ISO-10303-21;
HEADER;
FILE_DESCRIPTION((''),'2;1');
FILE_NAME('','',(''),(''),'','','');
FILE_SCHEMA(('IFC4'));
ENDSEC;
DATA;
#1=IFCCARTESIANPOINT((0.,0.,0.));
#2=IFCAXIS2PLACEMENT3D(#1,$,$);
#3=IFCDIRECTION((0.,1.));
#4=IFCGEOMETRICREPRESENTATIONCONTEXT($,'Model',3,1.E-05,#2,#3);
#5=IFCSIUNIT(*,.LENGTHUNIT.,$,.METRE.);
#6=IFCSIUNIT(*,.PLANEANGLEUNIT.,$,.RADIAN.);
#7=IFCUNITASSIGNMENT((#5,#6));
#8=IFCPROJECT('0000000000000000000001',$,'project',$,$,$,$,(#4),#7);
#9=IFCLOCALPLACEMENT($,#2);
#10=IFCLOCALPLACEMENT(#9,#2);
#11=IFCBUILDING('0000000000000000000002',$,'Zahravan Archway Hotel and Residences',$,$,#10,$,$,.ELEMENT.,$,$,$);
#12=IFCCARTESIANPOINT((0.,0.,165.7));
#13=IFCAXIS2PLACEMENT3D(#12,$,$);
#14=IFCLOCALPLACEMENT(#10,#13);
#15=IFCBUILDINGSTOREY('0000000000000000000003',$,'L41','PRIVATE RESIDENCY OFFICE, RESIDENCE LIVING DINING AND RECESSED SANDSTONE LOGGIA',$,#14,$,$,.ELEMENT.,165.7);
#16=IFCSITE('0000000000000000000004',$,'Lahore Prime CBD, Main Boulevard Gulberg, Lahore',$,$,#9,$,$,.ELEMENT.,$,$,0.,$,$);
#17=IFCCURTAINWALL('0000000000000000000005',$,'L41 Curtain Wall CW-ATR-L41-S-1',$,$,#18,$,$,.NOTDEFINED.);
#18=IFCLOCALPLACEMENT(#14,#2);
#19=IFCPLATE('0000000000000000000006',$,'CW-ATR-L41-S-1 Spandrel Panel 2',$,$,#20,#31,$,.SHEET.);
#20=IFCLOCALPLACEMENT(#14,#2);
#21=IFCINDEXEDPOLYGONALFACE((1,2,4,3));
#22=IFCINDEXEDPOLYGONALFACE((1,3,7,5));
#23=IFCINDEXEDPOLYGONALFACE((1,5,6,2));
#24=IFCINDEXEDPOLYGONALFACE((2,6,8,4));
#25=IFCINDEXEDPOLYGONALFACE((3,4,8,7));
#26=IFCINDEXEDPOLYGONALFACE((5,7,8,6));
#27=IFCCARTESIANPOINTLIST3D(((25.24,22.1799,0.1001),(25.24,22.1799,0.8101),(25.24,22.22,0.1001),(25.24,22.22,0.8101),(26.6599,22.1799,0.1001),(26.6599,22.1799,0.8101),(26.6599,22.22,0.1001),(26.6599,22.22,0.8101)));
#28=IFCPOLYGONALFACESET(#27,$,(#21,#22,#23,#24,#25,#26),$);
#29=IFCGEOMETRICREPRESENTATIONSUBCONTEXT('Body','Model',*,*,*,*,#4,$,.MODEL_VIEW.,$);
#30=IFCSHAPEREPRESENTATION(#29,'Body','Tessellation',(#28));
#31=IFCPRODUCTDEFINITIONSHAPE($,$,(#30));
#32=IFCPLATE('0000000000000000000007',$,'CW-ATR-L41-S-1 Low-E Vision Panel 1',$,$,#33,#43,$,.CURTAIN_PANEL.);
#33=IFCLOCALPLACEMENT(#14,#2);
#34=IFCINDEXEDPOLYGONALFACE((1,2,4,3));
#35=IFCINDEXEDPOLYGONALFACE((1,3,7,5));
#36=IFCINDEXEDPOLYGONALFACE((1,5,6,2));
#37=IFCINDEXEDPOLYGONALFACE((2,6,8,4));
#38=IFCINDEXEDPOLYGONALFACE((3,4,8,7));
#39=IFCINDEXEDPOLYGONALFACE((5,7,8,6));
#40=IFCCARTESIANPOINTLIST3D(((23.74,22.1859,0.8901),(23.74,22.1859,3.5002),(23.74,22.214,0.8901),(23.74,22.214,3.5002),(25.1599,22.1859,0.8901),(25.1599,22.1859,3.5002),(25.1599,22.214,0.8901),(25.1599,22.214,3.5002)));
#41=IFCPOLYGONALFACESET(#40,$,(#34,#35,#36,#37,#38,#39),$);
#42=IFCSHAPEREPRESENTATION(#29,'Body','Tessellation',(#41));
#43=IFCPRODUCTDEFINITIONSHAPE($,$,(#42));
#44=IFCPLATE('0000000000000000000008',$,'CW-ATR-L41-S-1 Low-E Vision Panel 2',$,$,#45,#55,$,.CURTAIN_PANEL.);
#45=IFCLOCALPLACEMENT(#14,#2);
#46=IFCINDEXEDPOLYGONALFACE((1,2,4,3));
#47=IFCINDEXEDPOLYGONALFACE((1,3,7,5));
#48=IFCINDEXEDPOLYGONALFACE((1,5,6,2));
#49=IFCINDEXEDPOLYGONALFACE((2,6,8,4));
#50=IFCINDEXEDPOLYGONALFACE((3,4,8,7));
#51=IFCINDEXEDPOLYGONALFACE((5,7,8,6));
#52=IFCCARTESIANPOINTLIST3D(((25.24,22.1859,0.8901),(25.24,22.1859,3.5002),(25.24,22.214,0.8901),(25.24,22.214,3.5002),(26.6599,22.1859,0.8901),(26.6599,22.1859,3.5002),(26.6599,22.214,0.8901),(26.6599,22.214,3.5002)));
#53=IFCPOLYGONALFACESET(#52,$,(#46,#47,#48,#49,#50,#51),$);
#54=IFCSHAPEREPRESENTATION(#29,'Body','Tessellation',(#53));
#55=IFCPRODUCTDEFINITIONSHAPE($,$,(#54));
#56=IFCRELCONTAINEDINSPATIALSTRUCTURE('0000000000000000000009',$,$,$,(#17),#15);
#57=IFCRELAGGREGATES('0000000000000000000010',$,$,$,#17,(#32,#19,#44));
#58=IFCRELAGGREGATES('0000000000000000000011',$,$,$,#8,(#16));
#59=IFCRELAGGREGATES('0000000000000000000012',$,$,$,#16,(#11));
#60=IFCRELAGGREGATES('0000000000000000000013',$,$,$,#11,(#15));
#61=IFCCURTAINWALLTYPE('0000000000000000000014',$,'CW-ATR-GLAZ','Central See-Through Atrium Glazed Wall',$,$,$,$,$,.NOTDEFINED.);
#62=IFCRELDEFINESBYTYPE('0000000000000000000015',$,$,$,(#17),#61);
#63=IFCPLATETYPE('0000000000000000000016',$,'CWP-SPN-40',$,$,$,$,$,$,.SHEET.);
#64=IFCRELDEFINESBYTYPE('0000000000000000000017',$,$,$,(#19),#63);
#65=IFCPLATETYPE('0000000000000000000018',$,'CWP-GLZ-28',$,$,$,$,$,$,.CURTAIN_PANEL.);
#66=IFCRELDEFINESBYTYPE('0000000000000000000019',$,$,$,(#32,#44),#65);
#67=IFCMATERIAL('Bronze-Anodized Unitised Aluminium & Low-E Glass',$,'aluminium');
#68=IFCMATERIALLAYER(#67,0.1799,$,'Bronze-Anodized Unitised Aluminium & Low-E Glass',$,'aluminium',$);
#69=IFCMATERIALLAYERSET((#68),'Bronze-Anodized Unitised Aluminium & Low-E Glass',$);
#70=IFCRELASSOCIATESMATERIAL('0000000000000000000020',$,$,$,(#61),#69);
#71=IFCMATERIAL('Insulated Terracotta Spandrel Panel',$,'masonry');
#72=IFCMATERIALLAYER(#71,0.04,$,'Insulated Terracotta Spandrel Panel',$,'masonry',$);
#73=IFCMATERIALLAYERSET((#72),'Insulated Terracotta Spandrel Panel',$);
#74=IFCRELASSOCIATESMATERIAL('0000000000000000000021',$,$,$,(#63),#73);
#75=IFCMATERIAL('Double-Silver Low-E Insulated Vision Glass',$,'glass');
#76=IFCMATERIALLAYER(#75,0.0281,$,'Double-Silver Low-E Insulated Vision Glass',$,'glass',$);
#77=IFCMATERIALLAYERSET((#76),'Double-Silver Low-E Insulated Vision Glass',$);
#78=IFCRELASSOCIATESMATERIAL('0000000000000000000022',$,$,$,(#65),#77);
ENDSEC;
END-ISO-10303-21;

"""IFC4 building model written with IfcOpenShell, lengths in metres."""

from ifc_helpers import new_model, si_unit, direction, frame, origin, origin_2d, place, context, subcontext, project, spatial, rectangle, extrude, source, transform, mapped, material, layer, layer_set, type_object, element, aggregate, save


model = new_model("IFC4")

# Units and contexts
model_context = context("Model", 3, precision=1e-05, world=origin(), true_north=direction((0.0, 1.0)))
body_context = subcontext(model_context, "Body", "Model", "MODEL_VIEW")
ifc_project = project(units=[si_unit("LENGTHUNIT", "METRE"), si_unit("PLANEANGLEUNIT", "RADIAN")], contexts=[model_context])

# Site, building, storey
site_placement = place(None, origin())
site = spatial("IfcSite", under=ifc_project, at=site_placement, Name="Lahore Prime CBD, Main Boulevard Gulberg, Lahore", CompositionType="ELEMENT", RefElevation=0.0)
building_placement = place(site_placement, origin())
building = spatial("IfcBuilding", under=site, at=building_placement, Name="Zahravan Archway Hotel and Residences", CompositionType="ELEMENT")
storey_placement = place(building_placement, frame((0.0, 0.0, 165.7)))
storey = spatial("IfcBuildingStorey", under=building, at=storey_placement, Name="L41", Description="PRIVATE RESIDENCY OFFICE, RESIDENCE LIVING DINING AND RECESSED SANDSTONE LOGGIA", CompositionType="ELEMENT", Elevation=165.7)

# Curtain wall, plates
ifc_material_1 = material(Name="Bronze-Anodized Unitised Aluminium & Low-E Glass", Category="aluminium")
ifc_layer_1 = layer(ifc_material_1, 0.1799, Name="Bronze-Anodized Unitised Aluminium & Low-E Glass", Category="aluminium")
ifc_layer_set_1 = layer_set([ifc_layer_1], Name="Bronze-Anodized Unitised Aluminium & Low-E Glass")
curtain_wall_type = type_object("IfcCurtainWallType", Name="CW-ATR-GLAZ", Description="Central See-Through Atrium Glazed Wall", PredefinedType="NOTDEFINED", material=ifc_layer_set_1)
curtain_wall_placement = place(storey_placement, origin())
curtain_wall = element("IfcCurtainWall", 1, at=curtain_wall_placement, inside=storey, type_object=curtain_wall_type, Name="L41 Curtain Wall CW-ATR-L41-S-1", PredefinedType="NOTDEFINED")
ifc_material_2 = material(Name="Insulated Terracotta Spandrel Panel", Category="masonry")
ifc_layer_2 = layer(ifc_material_2, 0.04, Name="Insulated Terracotta Spandrel Panel", Category="masonry")
ifc_layer_set_2 = layer_set([ifc_layer_2], Name="Insulated Terracotta Spandrel Panel")
plate_type_1 = type_object("IfcPlateType", Name="CWP-SPN-40", PredefinedType="SHEET", material=ifc_layer_set_2)
shared_shape_1 = source(origin(), body_context, "Body", "SweptSolid", [
    extrude(rectangle(XDim=1.4199, YDim=0.04, at=origin_2d()), origin(), (0.0, 0.0, 1.0), 0.71),
])
plate_1_placement = place(storey_placement, frame((25.95, 22.2, 0.1001), z_axis=(0.0, 0.0, 1.0), x_axis=(1.0, 0.0, 0.0)))
plate_1 = element("IfcPlate", 2, at=plate_1_placement, type_object=plate_type_1, Name="CW-ATR-L41-S-1 Spandrel Panel 2", PredefinedType="SHEET", context=body_context, shape_type="MappedRepresentation", body=[
    mapped(shared_shape_1, transform((0.0, 0.0, 0.0), scale=1.0)),
])
ifc_material_3 = material(Name="Double-Silver Low-E Insulated Vision Glass", Category="glass")
ifc_layer_3 = layer(ifc_material_3, 0.0281, Name="Double-Silver Low-E Insulated Vision Glass", Category="glass")
ifc_layer_set_3 = layer_set([ifc_layer_3], Name="Double-Silver Low-E Insulated Vision Glass")
plate_type_2 = type_object("IfcPlateType", Name="CWP-GLZ-28", PredefinedType="CURTAIN_PANEL", material=ifc_layer_set_3)
shared_shape_2 = source(origin(), body_context, "Body", "SweptSolid", [
    extrude(rectangle(XDim=1.4199, YDim=0.0281, at=origin_2d()), origin(), (0.0, 0.0, 1.0), 2.6101),
])
plate_2_placement = place(storey_placement, frame((24.45, 22.2, 0.8901), z_axis=(0.0, 0.0, 1.0), x_axis=(1.0, 0.0, 0.0)))
plate_2 = element("IfcPlate", 3, at=plate_2_placement, type_object=plate_type_2, Name="CW-ATR-L41-S-1 Low-E Vision Panel 1", PredefinedType="CURTAIN_PANEL", context=body_context, shape_type="MappedRepresentation", body=[
    mapped(shared_shape_2, transform((0.0, 0.0, 0.0), scale=1.0)),
])
plate_3_placement = place(storey_placement, frame((25.95, 22.2, 0.8901), z_axis=(0.0, 0.0, 1.0), x_axis=(1.0, 0.0, 0.0)))
plate_3 = element("IfcPlate", 4, at=plate_3_placement, type_object=plate_type_2, Name="CW-ATR-L41-S-1 Low-E Vision Panel 2", PredefinedType="CURTAIN_PANEL", context=body_context, shape_type="MappedRepresentation", body=[
    mapped(shared_shape_2, transform((0.0, 0.0, 0.0), scale=1.0)),
])
aggregate(curtain_wall, [plate_2, plate_1, plate_3])

save(model, "model.ifc")
